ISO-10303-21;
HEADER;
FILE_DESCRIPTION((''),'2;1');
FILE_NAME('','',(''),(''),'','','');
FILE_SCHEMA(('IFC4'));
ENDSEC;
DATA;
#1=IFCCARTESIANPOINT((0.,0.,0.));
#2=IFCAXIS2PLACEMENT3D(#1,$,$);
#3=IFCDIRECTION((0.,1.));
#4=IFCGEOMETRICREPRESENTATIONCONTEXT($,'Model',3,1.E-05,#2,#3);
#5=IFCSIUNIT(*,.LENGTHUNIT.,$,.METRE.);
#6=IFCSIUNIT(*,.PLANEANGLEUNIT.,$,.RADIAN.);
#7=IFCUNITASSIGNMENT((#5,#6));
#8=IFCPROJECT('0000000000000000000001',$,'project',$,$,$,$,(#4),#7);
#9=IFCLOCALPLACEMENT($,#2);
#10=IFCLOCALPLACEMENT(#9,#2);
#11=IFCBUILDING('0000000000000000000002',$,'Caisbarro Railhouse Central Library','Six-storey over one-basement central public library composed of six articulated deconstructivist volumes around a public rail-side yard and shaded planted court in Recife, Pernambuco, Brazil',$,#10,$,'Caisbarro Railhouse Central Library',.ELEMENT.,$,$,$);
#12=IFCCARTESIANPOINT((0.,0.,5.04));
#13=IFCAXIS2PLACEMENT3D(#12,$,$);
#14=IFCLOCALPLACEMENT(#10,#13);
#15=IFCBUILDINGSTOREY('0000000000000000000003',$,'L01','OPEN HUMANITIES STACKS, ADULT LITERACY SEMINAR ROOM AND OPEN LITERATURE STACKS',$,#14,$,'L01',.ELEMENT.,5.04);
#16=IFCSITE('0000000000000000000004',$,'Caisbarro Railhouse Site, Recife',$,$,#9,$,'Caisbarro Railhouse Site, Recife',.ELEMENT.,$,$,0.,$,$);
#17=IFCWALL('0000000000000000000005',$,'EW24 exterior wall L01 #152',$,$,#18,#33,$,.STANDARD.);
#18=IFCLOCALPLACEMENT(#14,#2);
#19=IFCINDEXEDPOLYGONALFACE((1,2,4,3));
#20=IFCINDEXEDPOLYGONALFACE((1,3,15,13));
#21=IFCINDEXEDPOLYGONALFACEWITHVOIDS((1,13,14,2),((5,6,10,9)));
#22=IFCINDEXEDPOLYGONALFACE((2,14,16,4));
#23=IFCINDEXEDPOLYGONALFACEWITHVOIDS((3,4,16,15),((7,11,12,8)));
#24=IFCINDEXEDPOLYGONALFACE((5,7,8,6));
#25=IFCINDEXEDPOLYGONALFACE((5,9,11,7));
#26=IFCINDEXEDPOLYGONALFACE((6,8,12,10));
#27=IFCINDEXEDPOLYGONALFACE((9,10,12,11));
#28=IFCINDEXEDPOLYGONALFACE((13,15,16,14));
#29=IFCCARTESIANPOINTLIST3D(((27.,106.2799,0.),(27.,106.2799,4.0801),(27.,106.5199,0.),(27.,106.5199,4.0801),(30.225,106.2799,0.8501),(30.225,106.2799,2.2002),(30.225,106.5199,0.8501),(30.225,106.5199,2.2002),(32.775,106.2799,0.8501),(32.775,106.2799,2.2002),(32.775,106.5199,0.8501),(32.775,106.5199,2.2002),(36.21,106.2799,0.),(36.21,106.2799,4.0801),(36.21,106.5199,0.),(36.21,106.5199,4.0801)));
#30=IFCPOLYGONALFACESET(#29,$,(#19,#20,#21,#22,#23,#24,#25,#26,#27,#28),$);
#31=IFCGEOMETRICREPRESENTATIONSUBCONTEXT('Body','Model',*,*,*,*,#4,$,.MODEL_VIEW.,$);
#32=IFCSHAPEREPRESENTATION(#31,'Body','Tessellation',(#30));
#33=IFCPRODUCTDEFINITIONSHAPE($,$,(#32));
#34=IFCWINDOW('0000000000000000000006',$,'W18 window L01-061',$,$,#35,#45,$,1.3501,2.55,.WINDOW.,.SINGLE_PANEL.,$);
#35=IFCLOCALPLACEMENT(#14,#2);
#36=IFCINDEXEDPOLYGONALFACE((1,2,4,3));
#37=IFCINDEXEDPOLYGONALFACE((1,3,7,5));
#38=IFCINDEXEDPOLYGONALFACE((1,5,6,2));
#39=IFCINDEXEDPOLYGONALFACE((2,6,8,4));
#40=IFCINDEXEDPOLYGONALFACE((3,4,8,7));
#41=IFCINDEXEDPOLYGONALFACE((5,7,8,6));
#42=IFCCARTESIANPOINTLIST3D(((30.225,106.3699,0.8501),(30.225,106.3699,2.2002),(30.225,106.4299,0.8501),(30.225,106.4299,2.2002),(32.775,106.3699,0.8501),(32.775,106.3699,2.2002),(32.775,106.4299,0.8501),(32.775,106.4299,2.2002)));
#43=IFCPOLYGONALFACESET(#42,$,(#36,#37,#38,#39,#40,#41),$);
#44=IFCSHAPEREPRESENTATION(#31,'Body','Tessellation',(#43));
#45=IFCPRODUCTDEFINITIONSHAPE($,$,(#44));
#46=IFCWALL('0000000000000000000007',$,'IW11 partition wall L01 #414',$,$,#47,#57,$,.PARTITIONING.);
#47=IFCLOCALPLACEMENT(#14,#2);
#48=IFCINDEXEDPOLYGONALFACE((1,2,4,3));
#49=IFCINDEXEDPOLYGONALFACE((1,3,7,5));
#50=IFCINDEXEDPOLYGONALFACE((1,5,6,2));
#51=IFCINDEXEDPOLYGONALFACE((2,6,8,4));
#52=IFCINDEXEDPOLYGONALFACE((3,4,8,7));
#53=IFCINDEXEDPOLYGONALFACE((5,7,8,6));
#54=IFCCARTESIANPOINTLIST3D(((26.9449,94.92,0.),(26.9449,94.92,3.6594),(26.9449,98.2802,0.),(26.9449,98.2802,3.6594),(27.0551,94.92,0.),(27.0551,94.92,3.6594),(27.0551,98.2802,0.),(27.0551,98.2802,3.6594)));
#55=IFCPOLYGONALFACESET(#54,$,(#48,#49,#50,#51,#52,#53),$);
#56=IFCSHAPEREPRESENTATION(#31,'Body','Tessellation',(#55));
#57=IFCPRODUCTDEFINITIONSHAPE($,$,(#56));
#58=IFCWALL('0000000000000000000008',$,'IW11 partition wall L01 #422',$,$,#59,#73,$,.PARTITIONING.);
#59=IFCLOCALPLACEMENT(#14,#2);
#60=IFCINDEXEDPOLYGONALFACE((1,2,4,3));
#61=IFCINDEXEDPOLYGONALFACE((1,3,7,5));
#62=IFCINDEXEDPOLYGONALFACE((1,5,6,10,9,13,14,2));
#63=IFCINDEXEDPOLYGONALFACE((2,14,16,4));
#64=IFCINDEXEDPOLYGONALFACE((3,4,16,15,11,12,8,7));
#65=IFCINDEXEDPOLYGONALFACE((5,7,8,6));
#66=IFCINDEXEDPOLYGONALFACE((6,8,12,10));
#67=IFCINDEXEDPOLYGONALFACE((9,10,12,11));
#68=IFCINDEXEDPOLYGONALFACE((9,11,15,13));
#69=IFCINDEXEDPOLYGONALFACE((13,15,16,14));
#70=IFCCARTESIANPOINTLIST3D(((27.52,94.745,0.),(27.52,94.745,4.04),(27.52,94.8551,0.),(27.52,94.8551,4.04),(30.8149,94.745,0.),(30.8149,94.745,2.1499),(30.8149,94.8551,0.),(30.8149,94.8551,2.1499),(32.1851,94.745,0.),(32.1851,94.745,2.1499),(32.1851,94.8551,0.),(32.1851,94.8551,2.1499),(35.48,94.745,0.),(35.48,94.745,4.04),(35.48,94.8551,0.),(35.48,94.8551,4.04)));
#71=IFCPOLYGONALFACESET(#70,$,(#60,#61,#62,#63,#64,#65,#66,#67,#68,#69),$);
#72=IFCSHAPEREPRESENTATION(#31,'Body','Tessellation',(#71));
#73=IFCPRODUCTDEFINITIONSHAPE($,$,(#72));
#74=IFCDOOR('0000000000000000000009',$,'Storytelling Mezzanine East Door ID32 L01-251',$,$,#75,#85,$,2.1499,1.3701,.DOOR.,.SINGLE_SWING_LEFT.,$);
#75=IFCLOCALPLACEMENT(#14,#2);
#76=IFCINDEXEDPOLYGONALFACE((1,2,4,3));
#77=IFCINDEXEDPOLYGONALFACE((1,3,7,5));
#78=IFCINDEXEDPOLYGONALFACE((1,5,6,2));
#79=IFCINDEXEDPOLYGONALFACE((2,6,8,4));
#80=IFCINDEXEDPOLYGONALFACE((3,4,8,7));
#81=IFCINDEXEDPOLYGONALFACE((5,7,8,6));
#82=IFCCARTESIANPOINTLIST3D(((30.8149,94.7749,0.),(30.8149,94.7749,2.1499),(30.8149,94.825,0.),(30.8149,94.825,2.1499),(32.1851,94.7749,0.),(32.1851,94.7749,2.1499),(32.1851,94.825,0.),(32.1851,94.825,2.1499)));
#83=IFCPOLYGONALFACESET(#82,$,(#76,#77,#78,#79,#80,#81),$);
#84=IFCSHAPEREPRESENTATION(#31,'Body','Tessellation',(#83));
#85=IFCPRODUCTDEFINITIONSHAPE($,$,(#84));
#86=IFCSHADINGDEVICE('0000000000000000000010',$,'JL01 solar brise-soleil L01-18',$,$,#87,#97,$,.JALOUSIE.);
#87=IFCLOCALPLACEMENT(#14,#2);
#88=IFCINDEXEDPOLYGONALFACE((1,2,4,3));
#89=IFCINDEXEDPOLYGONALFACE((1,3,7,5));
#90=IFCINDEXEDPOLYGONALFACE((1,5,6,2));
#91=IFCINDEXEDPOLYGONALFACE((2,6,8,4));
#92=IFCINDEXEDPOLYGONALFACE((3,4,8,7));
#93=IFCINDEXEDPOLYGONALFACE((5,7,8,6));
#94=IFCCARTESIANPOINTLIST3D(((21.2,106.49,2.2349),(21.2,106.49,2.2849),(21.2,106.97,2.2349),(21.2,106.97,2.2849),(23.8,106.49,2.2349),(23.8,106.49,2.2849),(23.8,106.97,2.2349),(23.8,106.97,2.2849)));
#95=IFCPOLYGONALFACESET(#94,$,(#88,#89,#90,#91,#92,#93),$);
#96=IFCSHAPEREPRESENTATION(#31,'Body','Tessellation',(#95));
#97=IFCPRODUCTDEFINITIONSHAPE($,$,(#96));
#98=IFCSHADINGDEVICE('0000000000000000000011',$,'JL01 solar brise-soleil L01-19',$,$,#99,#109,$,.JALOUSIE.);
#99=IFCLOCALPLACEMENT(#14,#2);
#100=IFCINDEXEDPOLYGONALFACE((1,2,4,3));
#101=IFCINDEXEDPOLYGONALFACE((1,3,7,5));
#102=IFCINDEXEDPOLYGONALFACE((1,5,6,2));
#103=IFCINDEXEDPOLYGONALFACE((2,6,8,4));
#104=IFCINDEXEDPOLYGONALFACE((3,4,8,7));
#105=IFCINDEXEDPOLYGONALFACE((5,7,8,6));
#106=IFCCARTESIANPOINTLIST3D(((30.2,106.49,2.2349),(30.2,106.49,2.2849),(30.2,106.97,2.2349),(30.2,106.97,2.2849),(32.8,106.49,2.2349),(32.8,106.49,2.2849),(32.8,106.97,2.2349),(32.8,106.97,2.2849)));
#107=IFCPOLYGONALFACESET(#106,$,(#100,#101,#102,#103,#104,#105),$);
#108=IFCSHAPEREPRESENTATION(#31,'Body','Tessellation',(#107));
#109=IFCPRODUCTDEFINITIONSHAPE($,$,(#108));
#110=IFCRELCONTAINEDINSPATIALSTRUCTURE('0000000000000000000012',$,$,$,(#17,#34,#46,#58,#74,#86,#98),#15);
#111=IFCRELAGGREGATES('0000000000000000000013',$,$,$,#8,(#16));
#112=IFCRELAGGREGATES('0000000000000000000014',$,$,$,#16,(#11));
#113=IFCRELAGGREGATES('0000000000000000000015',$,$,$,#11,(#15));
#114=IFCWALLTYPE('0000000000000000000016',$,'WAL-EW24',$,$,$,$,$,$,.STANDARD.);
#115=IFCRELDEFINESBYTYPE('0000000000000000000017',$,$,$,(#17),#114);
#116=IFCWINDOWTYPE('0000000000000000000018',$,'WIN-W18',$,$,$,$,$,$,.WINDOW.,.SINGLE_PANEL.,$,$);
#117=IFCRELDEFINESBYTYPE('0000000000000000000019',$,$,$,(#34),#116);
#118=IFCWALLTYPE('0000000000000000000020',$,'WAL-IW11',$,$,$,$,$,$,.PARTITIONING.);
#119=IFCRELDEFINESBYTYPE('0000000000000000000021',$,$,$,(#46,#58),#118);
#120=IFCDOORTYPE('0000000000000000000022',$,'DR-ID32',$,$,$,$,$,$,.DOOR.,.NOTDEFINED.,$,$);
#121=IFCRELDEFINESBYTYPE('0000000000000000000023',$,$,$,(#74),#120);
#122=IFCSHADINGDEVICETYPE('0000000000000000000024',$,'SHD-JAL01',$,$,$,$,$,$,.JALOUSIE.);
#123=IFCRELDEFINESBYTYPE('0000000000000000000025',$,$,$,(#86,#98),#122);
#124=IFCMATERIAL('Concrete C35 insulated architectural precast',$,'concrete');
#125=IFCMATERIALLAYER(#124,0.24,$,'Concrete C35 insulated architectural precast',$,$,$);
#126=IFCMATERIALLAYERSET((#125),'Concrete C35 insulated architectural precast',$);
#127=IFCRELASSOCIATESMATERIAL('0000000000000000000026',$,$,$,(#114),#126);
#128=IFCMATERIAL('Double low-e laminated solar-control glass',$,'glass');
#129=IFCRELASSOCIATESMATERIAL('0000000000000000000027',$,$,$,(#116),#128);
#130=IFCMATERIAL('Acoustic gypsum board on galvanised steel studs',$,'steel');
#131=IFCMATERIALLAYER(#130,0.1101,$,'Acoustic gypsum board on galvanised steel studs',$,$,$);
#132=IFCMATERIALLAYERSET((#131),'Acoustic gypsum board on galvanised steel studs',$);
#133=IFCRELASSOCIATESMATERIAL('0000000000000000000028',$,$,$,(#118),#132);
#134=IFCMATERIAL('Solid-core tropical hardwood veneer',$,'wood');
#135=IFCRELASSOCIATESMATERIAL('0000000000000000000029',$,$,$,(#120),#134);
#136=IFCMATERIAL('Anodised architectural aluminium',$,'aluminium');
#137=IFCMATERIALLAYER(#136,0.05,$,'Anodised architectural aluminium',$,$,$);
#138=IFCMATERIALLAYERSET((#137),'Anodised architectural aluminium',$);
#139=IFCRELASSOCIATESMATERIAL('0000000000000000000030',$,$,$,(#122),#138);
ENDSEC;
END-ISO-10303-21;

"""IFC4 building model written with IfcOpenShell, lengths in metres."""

from ifc_helpers import new_model, si_unit, direction, frame, frame_2d, origin, origin_2d, place, context, subcontext, project, spatial, rectangle, extrude, material, layer, layer_set, type_object, element, fill, save


model = new_model("IFC4")

# Units and contexts
model_context = context("Model", 3, precision=1e-05, world=origin(), true_north=direction((0.0, 1.0)))
body_context = subcontext(model_context, "Body", "Model", "MODEL_VIEW")
ifc_project = project(units=[si_unit("LENGTHUNIT", "METRE"), si_unit("PLANEANGLEUNIT", "RADIAN")], contexts=[model_context])

# Site, building, storey
site_placement = place(None, origin())
site = spatial("IfcSite", under=ifc_project, at=site_placement, Name="Caisbarro Railhouse Site, Recife", LongName="Caisbarro Railhouse Site, Recife", CompositionType="ELEMENT", RefElevation=0.0)
building_placement = place(site_placement, origin())
building = spatial("IfcBuilding", under=site, at=building_placement, Name="Caisbarro Railhouse Central Library", Description="Six-storey over one-basement central public library composed of six articulated deconstructivist volumes around a public rail-side yard and shaded planted court in Recife, Pernambuco, Brazil", LongName="Caisbarro Railhouse Central Library", CompositionType="ELEMENT")
storey_placement = place(building_placement, frame((0.0, 0.0, 5.04)))
storey = spatial("IfcBuildingStorey", under=building, at=storey_placement, Name="L01", Description="OPEN HUMANITIES STACKS, ADULT LITERACY SEMINAR ROOM AND OPEN LITERATURE STACKS", LongName="L01", CompositionType="ELEMENT", Elevation=5.04)

# Shared definitions
ifc_material_1 = material(Name="Anodised architectural aluminium", Category="aluminium")
ifc_material_2 = material(Name="Double low-e laminated solar-control glass", Category="glass")

# Wall, opening, window
ifc_material_3 = material(Name="Concrete C35 insulated architectural precast", Category="concrete")
ifc_layer_1 = layer(ifc_material_3, 0.24, Name="Concrete C35 insulated architectural precast")
ifc_layer_set_1 = layer_set([ifc_layer_1], Name="Concrete C35 insulated architectural precast")
wall_type_1 = type_object("IfcWallType", Name="WAL-EW24", PredefinedType="STANDARD", material=ifc_layer_set_1)
wall_1_placement = place(storey_placement, frame((27.0, 106.3999, 0.0), z_axis=(0.0, 0.0, 1.0), x_axis=(1.0, 0.0, 0.0)))
wall_1 = element("IfcWall", 1, at=wall_1_placement, inside=storey, type_object=wall_type_1, Name="EW24 exterior wall L01 #152", PredefinedType="STANDARD", context=body_context, shape_type="SweptSolid", body=[
    extrude(rectangle(XDim=9.21, YDim=0.24, at=frame_2d((4.605, 0.0))), origin(), (0.0, 0.0, 1.0), 4.0801),
])
opening_1_placement = place(wall_1_placement, frame((3.2251, 0.0, 0.8501)))
opening_1 = element("IfcOpeningElement", 2, at=opening_1_placement, cuts=wall_1, PredefinedType="OPENING", context=body_context, shape_type="SweptSolid", body=[
    extrude(rectangle(XDim=2.55, YDim=1.3501, at=frame_2d((1.2749, 0.675))), frame((0.0, 0.1299, 0.0), z_axis=(0.0, -1.0, 0.0), x_axis=(1.0, 0.0, 0.0)), (0.0, 0.0, 1.0), 0.26),
])
window_type = type_object("IfcWindowType", Name="WIN-W18", PartitioningType="SINGLE_PANEL", PredefinedType="WINDOW", material=ifc_material_2)
window_placement = place(opening_1_placement, origin())
window = element("IfcWindow", 3, at=window_placement, inside=storey, type_object=window_type, Name="W18 window L01-061", OverallHeight=1.3501, OverallWidth=2.55, PartitioningType="SINGLE_PANEL", PredefinedType="WINDOW", context=body_context, shape_type="SweptSolid", body=[
    extrude(rectangle(XDim=2.55, YDim=1.3501, at=frame_2d((1.2749, 0.675))), frame((0.0, 0.03, 0.0), z_axis=(0.0, -1.0, 0.0), x_axis=(1.0, 0.0, 0.0)), (0.0, 0.0, 1.0), 0.0601),
])
fill(opening_1, window)

# Wall
ifc_material_4 = material(Name="Acoustic gypsum board on galvanised steel studs", Category="steel")
ifc_layer_2 = layer(ifc_material_4, 0.1101, Name="Acoustic gypsum board on galvanised steel studs")
ifc_layer_set_2 = layer_set([ifc_layer_2], Name="Acoustic gypsum board on galvanised steel studs")
wall_type_2 = type_object("IfcWallType", Name="WAL-IW11", PredefinedType="PARTITIONING", material=ifc_layer_set_2)
wall_2_placement = place(storey_placement, frame((27.0, 94.9199, 0.0), z_axis=(0.0, 0.0, 1.0), x_axis=(0.0, 1.0, 0.0)))
element("IfcWall", 4, at=wall_2_placement, inside=storey, type_object=wall_type_2, Name="IW11 partition wall L01 #414", PredefinedType="PARTITIONING", context=body_context, shape_type="SweptSolid", body=[
    extrude(rectangle(XDim=3.3601, YDim=0.1101, at=frame_2d((1.6802, 0.0))), origin(), (0.0, 0.0, 1.0), 3.6594),
])

# Wall, opening, door
wall_3_placement = place(storey_placement, frame((27.52, 94.8, 0.0), z_axis=(0.0, 0.0, 1.0), x_axis=(1.0, 0.0, 0.0)))
wall_3 = element("IfcWall", 5, at=wall_3_placement, inside=storey, type_object=wall_type_2, Name="IW11 partition wall L01 #422", PredefinedType="PARTITIONING", context=body_context, shape_type="SweptSolid", body=[
    extrude(rectangle(XDim=7.96, YDim=0.1101, at=frame_2d((3.98, 0.0))), origin(), (0.0, 0.0, 1.0), 4.04),
])
opening_2_placement = place(wall_3_placement, frame((3.2949, 0.0, 0.0)))
opening_2 = element("IfcOpeningElement", 6, at=opening_2_placement, cuts=wall_3, PredefinedType="OPENING", context=body_context, shape_type="SweptSolid", body=[
    extrude(rectangle(XDim=1.3701, YDim=2.1499, at=frame_2d((0.6851, 1.075))), frame((0.0, 0.0649, 0.0), z_axis=(0.0, -1.0, 0.0), x_axis=(1.0, 0.0, 0.0)), (0.0, 0.0, 1.0), 0.1301),
])
ifc_material_5 = material(Name="Solid-core tropical hardwood veneer", Category="wood")
door_type = type_object("IfcDoorType", Name="DR-ID32", OperationType="NOTDEFINED", PredefinedType="DOOR", material=ifc_material_5)
door_placement = place(opening_2_placement, origin())
door = element("IfcDoor", 7, at=door_placement, inside=storey, type_object=door_type, Name="Storytelling Mezzanine East Door ID32 L01-251", OperationType="SINGLE_SWING_LEFT", OverallHeight=2.1499, OverallWidth=1.3701, PredefinedType="DOOR", context=body_context, shape_type="SweptSolid", body=[
    extrude(rectangle(XDim=1.3701, YDim=2.1499, at=frame_2d((0.6851, 1.075))), frame((0.0, 0.0249, 0.0), z_axis=(0.0, -1.0, 0.0), x_axis=(1.0, 0.0, 0.0)), (0.0, 0.0, 1.0), 0.05),
])
fill(opening_2, door)

# Shading devices
ifc_layer_3 = layer(ifc_material_1, 0.05, Name="Anodised architectural aluminium")
ifc_layer_set_3 = layer_set([ifc_layer_3], Name="Anodised architectural aluminium")
shading_device_type = type_object("IfcShadingDeviceType", Name="SHD-JAL01", PredefinedType="JALOUSIE", material=ifc_layer_set_3)
for number, where, z_axis, x_axis, name in (
    (8, (22.5, 106.73, 2.2349), (0.0, 0.0, 1.0), (1.0, 0.0, 0.0), "JL01 solar brise-soleil L01-18"),
    (9, (31.5, 106.73, 2.2349), (0.0, 0.0, 1.0), (1.0, 0.0, 0.0), "JL01 solar brise-soleil L01-19"),
):
    element("IfcShadingDevice", number, at=place(storey_placement, frame(where, z_axis=z_axis, x_axis=x_axis)), inside=storey, type_object=shading_device_type, Name=name, PredefinedType="JALOUSIE", context=body_context, shape_type="SweptSolid", body=[
        extrude(rectangle(XDim=2.6001, YDim=0.48, at=origin_2d()), origin(), (0.0, 0.0, 1.0), 0.05),
    ])

save(model, "model.ifc")
